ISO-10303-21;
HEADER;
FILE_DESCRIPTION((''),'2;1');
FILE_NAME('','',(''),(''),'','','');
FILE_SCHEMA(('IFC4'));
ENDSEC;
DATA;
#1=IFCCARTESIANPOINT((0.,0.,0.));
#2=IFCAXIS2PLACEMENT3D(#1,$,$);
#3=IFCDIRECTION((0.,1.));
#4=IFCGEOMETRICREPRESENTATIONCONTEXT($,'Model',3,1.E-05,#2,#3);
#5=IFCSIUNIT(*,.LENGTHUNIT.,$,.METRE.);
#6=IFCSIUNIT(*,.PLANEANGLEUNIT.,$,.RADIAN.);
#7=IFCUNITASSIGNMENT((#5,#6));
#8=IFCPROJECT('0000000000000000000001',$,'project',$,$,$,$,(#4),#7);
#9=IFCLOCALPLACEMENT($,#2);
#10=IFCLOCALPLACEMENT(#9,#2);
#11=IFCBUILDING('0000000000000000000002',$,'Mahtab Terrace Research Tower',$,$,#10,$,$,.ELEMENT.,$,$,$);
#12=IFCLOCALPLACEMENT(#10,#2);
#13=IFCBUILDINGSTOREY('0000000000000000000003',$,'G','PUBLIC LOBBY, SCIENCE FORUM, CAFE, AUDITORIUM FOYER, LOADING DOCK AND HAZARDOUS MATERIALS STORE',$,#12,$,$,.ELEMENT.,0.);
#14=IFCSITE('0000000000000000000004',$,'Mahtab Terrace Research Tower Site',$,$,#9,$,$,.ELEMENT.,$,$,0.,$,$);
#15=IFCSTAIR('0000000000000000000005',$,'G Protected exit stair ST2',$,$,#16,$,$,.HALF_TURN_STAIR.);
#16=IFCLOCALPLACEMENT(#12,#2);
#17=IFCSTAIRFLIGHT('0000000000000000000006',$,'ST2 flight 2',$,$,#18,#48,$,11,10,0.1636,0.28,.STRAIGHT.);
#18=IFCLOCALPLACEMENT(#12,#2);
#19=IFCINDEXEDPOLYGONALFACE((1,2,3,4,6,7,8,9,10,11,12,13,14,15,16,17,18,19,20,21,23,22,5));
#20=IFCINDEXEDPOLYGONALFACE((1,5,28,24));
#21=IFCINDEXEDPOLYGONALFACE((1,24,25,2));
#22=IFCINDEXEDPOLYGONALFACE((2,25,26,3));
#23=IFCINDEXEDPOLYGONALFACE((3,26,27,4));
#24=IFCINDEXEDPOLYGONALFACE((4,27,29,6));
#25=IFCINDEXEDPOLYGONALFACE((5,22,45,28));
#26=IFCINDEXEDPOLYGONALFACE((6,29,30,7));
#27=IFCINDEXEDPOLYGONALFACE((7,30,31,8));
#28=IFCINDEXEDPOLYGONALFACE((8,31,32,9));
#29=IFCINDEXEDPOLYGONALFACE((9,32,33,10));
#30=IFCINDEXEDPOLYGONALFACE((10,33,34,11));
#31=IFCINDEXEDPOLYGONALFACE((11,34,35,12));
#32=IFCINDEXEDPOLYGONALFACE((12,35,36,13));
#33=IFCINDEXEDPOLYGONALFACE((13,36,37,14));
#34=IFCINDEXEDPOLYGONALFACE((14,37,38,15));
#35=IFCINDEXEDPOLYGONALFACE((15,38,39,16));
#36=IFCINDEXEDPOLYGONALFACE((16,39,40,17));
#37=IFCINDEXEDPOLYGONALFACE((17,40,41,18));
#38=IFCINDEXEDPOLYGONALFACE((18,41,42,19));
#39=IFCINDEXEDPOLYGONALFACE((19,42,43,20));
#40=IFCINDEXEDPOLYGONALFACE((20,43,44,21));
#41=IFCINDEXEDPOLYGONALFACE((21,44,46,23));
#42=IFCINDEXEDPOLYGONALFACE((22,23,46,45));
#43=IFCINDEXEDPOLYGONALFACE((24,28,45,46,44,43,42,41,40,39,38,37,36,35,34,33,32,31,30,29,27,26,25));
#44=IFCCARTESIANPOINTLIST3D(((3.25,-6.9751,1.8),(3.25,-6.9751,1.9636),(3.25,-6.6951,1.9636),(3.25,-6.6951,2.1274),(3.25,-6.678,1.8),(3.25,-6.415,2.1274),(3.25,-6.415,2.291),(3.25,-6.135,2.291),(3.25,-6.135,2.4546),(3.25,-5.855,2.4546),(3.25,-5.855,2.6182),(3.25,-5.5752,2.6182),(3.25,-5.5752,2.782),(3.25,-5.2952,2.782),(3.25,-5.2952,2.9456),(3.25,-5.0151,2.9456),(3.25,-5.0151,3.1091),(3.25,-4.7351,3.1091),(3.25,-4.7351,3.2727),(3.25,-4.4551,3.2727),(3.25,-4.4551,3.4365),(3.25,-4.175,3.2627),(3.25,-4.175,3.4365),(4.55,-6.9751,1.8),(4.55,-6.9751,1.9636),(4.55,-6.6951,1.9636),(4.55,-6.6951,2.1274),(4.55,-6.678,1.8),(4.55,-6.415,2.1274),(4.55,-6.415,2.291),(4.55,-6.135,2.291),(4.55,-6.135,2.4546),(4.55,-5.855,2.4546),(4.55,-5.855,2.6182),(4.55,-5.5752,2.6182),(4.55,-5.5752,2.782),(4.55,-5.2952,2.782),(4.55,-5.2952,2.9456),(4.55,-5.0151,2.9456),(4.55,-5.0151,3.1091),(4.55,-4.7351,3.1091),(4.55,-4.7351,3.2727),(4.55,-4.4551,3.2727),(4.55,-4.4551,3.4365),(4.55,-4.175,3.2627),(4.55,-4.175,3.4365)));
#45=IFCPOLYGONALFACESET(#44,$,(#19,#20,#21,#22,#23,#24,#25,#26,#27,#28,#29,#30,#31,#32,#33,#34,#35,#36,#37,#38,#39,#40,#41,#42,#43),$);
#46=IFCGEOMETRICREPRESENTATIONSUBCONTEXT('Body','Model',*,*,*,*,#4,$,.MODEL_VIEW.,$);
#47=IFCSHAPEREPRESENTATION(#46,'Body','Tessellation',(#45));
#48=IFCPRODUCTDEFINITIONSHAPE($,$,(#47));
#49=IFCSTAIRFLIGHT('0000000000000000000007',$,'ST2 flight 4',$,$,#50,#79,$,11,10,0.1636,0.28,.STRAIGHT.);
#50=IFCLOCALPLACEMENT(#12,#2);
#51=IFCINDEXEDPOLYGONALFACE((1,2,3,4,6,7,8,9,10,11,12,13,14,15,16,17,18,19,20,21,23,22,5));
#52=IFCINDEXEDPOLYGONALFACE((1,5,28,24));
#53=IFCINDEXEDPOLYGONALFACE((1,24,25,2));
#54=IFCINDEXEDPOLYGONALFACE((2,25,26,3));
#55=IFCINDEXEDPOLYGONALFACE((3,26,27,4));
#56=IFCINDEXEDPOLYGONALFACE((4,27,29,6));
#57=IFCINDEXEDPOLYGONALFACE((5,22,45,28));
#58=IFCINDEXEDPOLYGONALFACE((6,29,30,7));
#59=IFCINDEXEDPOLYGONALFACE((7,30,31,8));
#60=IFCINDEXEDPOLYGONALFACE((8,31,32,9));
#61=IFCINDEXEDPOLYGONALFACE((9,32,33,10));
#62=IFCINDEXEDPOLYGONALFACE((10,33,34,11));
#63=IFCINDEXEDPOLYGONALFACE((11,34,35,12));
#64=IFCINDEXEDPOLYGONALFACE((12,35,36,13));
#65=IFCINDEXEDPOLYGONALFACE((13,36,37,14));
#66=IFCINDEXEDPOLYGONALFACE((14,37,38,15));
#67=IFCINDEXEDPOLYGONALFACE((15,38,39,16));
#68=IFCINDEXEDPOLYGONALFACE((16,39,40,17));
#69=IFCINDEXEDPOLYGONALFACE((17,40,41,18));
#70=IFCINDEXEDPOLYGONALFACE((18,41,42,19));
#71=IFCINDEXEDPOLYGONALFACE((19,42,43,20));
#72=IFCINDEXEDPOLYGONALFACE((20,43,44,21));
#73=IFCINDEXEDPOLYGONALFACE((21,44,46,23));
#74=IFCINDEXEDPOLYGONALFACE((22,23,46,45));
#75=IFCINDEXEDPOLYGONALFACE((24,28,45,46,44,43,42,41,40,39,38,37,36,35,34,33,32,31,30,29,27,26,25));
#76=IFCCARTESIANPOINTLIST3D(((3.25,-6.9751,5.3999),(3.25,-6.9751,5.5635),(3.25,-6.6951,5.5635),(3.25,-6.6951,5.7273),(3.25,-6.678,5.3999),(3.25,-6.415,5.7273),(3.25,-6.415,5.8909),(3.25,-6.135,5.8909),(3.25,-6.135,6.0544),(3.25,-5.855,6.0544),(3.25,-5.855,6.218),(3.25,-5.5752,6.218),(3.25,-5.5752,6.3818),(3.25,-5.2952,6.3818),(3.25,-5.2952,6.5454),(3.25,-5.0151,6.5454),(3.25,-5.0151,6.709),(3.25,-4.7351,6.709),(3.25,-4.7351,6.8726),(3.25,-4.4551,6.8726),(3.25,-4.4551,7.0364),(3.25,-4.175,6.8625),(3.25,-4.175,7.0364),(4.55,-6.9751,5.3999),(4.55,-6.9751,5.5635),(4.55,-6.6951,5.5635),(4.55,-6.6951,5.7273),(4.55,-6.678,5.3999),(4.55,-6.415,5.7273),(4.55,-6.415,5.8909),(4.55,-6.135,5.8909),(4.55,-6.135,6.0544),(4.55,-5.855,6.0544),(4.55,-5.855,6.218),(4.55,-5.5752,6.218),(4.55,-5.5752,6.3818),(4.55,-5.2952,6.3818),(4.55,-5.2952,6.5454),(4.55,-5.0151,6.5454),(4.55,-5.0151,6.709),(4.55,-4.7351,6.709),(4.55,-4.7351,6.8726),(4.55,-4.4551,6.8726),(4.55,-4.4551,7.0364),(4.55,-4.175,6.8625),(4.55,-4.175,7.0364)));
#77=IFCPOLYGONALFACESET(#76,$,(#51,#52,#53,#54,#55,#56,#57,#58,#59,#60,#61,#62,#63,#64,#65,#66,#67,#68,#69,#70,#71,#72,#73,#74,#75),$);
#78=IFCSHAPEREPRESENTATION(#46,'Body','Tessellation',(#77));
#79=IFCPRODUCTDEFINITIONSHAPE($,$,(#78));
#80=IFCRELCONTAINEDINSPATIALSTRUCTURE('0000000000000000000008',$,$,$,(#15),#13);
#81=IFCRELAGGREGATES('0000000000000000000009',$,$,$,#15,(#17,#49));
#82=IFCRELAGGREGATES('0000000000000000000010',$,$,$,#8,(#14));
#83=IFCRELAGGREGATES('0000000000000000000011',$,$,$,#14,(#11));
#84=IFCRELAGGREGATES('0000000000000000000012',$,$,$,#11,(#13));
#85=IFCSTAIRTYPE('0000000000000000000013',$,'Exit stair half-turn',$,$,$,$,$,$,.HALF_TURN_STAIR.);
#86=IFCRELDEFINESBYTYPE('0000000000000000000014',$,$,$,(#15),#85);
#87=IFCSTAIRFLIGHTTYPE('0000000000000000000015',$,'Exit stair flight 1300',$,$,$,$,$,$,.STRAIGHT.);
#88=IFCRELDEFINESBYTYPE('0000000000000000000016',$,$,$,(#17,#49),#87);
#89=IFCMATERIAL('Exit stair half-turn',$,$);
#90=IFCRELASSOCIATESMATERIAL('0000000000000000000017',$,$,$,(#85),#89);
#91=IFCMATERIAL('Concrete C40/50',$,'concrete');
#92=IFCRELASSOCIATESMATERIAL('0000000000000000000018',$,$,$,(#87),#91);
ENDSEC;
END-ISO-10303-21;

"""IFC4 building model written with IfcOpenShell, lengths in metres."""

from ifc_helpers import new_model, si_unit, direction, frame, origin, place, context, subcontext, project, spatial, polyline, outline, extrude, material, type_object, element, aggregate, save


model = new_model("IFC4")

# Units and contexts
model_context = context("Model", 3, precision=1e-05, world=origin(), true_north=direction((0.0, 1.0)))
body_context = subcontext(model_context, "Body", "Model", "MODEL_VIEW")
ifc_project = project(units=[si_unit("LENGTHUNIT", "METRE"), si_unit("PLANEANGLEUNIT", "RADIAN")], contexts=[model_context])

# Site, building, storey
site_placement = place(None, origin())
site = spatial("IfcSite", under=ifc_project, at=site_placement, Name="Mahtab Terrace Research Tower Site", CompositionType="ELEMENT", RefElevation=0.0)
building_placement = place(site_placement, origin())
building = spatial("IfcBuilding", under=site, at=building_placement, Name="Mahtab Terrace Research Tower", CompositionType="ELEMENT")
storey_placement = place(building_placement, origin())
storey = spatial("IfcBuildingStorey", under=building, at=storey_placement, Name="G", Description="PUBLIC LOBBY, SCIENCE FORUM, CAFE, AUDITORIUM FOYER, LOADING DOCK AND HAZARDOUS MATERIALS STORE", CompositionType="ELEMENT", Elevation=0.0)

# Shared definitions
ifc_material_1 = material(Name="Concrete C40/50", Category="concrete")

# Stair, stair flights
ifc_material_2 = material(Name="Exit stair half-turn")
stair_type = type_object("IfcStairType", Name="Exit stair half-turn", PredefinedType="HALF_TURN_STAIR", material=ifc_material_2)
stair_placement = place(storey_placement, origin())
stair = element("IfcStair", 1, at=stair_placement, inside=storey, type_object=stair_type, Name="G Protected exit stair ST2", PredefinedType="HALF_TURN_STAIR")
stair_flight_type = type_object("IfcStairFlightType", Name="Exit stair flight 1300", PredefinedType="STRAIGHT", material=ifc_material_1)
stair_flight_1_placement = place(storey_placement, frame((3.8999, -6.9751, 1.8), z_axis=(0.0, 0.0, 1.0), x_axis=(0.0, 1.0, 0.0)))
stair_flight_1 = element("IfcStairFlight", 2, at=stair_flight_1_placement, type_object=stair_flight_type, Name="ST2 flight 2", NumberOfRisers=11, NumberOfTreads=10, PredefinedType="STRAIGHT", RiserHeight=0.1636, TreadLength=0.28, context=body_context, shape_type="SweptSolid", body=[
    extrude(outline(polyline([(0.0, 0.0), (0.0, 0.1636), (0.28, 0.1636), (0.28, 0.3274), (0.5601, 0.3274), (0.5601, 0.491), (0.8401, 0.491), (0.8401, 0.6545), (1.1201, 0.6545), (1.1201, 0.8181), (1.3999, 0.8181), (1.3999, 0.9819), (1.6799, 0.9819), (1.6799, 1.1455), (1.96, 1.1455), (1.96, 1.3091), (2.24, 1.3091), (2.24, 1.4727), (2.52, 1.4727), (2.52, 1.6365), (2.8, 1.6365), (2.8, 1.8), (2.8, 1.4626), (0.2971, 0.0), (0.0, 0.0)])), frame((0.0, 0.6499, 0.0), z_axis=(0.0, -1.0, 0.0), x_axis=(1.0, 0.0, 0.0)), (0.0, 0.0, 1.0), 1.3),
])
stair_flight_2_placement = place(storey_placement, frame((3.8999, -6.9751, 5.3999), z_axis=(0.0, 0.0, 1.0), x_axis=(0.0, 1.0, 0.0)))
stair_flight_2 = element("IfcStairFlight", 3, at=stair_flight_2_placement, type_object=stair_flight_type, Name="ST2 flight 4", NumberOfRisers=11, NumberOfTreads=10, PredefinedType="STRAIGHT", RiserHeight=0.1636, TreadLength=0.28, context=body_context, shape_type="SweptSolid", body=[
    extrude(outline(polyline([(0.0, 0.0), (0.0, 0.1636), (0.28, 0.1636), (0.28, 0.3274), (0.5601, 0.3274), (0.5601, 0.491), (0.8401, 0.491), (0.8401, 0.6545), (1.1201, 0.6545), (1.1201, 0.8181), (1.3999, 0.8181), (1.3999, 0.9819), (1.6799, 0.9819), (1.6799, 1.1455), (1.96, 1.1455), (1.96, 1.3091), (2.24, 1.3091), (2.24, 1.4727), (2.52, 1.4727), (2.52, 1.6365), (2.8, 1.6365), (2.8, 1.8), (2.8, 1.4626), (0.2971, 0.0), (0.0, 0.0)])), frame((0.0, 0.6499, 0.0), z_axis=(0.0, -1.0, 0.0), x_axis=(1.0, 0.0, 0.0)), (0.0, 0.0, 1.0), 1.3),
])
aggregate(stair, [stair_flight_1, stair_flight_2])

save(model, "model.ifc")
